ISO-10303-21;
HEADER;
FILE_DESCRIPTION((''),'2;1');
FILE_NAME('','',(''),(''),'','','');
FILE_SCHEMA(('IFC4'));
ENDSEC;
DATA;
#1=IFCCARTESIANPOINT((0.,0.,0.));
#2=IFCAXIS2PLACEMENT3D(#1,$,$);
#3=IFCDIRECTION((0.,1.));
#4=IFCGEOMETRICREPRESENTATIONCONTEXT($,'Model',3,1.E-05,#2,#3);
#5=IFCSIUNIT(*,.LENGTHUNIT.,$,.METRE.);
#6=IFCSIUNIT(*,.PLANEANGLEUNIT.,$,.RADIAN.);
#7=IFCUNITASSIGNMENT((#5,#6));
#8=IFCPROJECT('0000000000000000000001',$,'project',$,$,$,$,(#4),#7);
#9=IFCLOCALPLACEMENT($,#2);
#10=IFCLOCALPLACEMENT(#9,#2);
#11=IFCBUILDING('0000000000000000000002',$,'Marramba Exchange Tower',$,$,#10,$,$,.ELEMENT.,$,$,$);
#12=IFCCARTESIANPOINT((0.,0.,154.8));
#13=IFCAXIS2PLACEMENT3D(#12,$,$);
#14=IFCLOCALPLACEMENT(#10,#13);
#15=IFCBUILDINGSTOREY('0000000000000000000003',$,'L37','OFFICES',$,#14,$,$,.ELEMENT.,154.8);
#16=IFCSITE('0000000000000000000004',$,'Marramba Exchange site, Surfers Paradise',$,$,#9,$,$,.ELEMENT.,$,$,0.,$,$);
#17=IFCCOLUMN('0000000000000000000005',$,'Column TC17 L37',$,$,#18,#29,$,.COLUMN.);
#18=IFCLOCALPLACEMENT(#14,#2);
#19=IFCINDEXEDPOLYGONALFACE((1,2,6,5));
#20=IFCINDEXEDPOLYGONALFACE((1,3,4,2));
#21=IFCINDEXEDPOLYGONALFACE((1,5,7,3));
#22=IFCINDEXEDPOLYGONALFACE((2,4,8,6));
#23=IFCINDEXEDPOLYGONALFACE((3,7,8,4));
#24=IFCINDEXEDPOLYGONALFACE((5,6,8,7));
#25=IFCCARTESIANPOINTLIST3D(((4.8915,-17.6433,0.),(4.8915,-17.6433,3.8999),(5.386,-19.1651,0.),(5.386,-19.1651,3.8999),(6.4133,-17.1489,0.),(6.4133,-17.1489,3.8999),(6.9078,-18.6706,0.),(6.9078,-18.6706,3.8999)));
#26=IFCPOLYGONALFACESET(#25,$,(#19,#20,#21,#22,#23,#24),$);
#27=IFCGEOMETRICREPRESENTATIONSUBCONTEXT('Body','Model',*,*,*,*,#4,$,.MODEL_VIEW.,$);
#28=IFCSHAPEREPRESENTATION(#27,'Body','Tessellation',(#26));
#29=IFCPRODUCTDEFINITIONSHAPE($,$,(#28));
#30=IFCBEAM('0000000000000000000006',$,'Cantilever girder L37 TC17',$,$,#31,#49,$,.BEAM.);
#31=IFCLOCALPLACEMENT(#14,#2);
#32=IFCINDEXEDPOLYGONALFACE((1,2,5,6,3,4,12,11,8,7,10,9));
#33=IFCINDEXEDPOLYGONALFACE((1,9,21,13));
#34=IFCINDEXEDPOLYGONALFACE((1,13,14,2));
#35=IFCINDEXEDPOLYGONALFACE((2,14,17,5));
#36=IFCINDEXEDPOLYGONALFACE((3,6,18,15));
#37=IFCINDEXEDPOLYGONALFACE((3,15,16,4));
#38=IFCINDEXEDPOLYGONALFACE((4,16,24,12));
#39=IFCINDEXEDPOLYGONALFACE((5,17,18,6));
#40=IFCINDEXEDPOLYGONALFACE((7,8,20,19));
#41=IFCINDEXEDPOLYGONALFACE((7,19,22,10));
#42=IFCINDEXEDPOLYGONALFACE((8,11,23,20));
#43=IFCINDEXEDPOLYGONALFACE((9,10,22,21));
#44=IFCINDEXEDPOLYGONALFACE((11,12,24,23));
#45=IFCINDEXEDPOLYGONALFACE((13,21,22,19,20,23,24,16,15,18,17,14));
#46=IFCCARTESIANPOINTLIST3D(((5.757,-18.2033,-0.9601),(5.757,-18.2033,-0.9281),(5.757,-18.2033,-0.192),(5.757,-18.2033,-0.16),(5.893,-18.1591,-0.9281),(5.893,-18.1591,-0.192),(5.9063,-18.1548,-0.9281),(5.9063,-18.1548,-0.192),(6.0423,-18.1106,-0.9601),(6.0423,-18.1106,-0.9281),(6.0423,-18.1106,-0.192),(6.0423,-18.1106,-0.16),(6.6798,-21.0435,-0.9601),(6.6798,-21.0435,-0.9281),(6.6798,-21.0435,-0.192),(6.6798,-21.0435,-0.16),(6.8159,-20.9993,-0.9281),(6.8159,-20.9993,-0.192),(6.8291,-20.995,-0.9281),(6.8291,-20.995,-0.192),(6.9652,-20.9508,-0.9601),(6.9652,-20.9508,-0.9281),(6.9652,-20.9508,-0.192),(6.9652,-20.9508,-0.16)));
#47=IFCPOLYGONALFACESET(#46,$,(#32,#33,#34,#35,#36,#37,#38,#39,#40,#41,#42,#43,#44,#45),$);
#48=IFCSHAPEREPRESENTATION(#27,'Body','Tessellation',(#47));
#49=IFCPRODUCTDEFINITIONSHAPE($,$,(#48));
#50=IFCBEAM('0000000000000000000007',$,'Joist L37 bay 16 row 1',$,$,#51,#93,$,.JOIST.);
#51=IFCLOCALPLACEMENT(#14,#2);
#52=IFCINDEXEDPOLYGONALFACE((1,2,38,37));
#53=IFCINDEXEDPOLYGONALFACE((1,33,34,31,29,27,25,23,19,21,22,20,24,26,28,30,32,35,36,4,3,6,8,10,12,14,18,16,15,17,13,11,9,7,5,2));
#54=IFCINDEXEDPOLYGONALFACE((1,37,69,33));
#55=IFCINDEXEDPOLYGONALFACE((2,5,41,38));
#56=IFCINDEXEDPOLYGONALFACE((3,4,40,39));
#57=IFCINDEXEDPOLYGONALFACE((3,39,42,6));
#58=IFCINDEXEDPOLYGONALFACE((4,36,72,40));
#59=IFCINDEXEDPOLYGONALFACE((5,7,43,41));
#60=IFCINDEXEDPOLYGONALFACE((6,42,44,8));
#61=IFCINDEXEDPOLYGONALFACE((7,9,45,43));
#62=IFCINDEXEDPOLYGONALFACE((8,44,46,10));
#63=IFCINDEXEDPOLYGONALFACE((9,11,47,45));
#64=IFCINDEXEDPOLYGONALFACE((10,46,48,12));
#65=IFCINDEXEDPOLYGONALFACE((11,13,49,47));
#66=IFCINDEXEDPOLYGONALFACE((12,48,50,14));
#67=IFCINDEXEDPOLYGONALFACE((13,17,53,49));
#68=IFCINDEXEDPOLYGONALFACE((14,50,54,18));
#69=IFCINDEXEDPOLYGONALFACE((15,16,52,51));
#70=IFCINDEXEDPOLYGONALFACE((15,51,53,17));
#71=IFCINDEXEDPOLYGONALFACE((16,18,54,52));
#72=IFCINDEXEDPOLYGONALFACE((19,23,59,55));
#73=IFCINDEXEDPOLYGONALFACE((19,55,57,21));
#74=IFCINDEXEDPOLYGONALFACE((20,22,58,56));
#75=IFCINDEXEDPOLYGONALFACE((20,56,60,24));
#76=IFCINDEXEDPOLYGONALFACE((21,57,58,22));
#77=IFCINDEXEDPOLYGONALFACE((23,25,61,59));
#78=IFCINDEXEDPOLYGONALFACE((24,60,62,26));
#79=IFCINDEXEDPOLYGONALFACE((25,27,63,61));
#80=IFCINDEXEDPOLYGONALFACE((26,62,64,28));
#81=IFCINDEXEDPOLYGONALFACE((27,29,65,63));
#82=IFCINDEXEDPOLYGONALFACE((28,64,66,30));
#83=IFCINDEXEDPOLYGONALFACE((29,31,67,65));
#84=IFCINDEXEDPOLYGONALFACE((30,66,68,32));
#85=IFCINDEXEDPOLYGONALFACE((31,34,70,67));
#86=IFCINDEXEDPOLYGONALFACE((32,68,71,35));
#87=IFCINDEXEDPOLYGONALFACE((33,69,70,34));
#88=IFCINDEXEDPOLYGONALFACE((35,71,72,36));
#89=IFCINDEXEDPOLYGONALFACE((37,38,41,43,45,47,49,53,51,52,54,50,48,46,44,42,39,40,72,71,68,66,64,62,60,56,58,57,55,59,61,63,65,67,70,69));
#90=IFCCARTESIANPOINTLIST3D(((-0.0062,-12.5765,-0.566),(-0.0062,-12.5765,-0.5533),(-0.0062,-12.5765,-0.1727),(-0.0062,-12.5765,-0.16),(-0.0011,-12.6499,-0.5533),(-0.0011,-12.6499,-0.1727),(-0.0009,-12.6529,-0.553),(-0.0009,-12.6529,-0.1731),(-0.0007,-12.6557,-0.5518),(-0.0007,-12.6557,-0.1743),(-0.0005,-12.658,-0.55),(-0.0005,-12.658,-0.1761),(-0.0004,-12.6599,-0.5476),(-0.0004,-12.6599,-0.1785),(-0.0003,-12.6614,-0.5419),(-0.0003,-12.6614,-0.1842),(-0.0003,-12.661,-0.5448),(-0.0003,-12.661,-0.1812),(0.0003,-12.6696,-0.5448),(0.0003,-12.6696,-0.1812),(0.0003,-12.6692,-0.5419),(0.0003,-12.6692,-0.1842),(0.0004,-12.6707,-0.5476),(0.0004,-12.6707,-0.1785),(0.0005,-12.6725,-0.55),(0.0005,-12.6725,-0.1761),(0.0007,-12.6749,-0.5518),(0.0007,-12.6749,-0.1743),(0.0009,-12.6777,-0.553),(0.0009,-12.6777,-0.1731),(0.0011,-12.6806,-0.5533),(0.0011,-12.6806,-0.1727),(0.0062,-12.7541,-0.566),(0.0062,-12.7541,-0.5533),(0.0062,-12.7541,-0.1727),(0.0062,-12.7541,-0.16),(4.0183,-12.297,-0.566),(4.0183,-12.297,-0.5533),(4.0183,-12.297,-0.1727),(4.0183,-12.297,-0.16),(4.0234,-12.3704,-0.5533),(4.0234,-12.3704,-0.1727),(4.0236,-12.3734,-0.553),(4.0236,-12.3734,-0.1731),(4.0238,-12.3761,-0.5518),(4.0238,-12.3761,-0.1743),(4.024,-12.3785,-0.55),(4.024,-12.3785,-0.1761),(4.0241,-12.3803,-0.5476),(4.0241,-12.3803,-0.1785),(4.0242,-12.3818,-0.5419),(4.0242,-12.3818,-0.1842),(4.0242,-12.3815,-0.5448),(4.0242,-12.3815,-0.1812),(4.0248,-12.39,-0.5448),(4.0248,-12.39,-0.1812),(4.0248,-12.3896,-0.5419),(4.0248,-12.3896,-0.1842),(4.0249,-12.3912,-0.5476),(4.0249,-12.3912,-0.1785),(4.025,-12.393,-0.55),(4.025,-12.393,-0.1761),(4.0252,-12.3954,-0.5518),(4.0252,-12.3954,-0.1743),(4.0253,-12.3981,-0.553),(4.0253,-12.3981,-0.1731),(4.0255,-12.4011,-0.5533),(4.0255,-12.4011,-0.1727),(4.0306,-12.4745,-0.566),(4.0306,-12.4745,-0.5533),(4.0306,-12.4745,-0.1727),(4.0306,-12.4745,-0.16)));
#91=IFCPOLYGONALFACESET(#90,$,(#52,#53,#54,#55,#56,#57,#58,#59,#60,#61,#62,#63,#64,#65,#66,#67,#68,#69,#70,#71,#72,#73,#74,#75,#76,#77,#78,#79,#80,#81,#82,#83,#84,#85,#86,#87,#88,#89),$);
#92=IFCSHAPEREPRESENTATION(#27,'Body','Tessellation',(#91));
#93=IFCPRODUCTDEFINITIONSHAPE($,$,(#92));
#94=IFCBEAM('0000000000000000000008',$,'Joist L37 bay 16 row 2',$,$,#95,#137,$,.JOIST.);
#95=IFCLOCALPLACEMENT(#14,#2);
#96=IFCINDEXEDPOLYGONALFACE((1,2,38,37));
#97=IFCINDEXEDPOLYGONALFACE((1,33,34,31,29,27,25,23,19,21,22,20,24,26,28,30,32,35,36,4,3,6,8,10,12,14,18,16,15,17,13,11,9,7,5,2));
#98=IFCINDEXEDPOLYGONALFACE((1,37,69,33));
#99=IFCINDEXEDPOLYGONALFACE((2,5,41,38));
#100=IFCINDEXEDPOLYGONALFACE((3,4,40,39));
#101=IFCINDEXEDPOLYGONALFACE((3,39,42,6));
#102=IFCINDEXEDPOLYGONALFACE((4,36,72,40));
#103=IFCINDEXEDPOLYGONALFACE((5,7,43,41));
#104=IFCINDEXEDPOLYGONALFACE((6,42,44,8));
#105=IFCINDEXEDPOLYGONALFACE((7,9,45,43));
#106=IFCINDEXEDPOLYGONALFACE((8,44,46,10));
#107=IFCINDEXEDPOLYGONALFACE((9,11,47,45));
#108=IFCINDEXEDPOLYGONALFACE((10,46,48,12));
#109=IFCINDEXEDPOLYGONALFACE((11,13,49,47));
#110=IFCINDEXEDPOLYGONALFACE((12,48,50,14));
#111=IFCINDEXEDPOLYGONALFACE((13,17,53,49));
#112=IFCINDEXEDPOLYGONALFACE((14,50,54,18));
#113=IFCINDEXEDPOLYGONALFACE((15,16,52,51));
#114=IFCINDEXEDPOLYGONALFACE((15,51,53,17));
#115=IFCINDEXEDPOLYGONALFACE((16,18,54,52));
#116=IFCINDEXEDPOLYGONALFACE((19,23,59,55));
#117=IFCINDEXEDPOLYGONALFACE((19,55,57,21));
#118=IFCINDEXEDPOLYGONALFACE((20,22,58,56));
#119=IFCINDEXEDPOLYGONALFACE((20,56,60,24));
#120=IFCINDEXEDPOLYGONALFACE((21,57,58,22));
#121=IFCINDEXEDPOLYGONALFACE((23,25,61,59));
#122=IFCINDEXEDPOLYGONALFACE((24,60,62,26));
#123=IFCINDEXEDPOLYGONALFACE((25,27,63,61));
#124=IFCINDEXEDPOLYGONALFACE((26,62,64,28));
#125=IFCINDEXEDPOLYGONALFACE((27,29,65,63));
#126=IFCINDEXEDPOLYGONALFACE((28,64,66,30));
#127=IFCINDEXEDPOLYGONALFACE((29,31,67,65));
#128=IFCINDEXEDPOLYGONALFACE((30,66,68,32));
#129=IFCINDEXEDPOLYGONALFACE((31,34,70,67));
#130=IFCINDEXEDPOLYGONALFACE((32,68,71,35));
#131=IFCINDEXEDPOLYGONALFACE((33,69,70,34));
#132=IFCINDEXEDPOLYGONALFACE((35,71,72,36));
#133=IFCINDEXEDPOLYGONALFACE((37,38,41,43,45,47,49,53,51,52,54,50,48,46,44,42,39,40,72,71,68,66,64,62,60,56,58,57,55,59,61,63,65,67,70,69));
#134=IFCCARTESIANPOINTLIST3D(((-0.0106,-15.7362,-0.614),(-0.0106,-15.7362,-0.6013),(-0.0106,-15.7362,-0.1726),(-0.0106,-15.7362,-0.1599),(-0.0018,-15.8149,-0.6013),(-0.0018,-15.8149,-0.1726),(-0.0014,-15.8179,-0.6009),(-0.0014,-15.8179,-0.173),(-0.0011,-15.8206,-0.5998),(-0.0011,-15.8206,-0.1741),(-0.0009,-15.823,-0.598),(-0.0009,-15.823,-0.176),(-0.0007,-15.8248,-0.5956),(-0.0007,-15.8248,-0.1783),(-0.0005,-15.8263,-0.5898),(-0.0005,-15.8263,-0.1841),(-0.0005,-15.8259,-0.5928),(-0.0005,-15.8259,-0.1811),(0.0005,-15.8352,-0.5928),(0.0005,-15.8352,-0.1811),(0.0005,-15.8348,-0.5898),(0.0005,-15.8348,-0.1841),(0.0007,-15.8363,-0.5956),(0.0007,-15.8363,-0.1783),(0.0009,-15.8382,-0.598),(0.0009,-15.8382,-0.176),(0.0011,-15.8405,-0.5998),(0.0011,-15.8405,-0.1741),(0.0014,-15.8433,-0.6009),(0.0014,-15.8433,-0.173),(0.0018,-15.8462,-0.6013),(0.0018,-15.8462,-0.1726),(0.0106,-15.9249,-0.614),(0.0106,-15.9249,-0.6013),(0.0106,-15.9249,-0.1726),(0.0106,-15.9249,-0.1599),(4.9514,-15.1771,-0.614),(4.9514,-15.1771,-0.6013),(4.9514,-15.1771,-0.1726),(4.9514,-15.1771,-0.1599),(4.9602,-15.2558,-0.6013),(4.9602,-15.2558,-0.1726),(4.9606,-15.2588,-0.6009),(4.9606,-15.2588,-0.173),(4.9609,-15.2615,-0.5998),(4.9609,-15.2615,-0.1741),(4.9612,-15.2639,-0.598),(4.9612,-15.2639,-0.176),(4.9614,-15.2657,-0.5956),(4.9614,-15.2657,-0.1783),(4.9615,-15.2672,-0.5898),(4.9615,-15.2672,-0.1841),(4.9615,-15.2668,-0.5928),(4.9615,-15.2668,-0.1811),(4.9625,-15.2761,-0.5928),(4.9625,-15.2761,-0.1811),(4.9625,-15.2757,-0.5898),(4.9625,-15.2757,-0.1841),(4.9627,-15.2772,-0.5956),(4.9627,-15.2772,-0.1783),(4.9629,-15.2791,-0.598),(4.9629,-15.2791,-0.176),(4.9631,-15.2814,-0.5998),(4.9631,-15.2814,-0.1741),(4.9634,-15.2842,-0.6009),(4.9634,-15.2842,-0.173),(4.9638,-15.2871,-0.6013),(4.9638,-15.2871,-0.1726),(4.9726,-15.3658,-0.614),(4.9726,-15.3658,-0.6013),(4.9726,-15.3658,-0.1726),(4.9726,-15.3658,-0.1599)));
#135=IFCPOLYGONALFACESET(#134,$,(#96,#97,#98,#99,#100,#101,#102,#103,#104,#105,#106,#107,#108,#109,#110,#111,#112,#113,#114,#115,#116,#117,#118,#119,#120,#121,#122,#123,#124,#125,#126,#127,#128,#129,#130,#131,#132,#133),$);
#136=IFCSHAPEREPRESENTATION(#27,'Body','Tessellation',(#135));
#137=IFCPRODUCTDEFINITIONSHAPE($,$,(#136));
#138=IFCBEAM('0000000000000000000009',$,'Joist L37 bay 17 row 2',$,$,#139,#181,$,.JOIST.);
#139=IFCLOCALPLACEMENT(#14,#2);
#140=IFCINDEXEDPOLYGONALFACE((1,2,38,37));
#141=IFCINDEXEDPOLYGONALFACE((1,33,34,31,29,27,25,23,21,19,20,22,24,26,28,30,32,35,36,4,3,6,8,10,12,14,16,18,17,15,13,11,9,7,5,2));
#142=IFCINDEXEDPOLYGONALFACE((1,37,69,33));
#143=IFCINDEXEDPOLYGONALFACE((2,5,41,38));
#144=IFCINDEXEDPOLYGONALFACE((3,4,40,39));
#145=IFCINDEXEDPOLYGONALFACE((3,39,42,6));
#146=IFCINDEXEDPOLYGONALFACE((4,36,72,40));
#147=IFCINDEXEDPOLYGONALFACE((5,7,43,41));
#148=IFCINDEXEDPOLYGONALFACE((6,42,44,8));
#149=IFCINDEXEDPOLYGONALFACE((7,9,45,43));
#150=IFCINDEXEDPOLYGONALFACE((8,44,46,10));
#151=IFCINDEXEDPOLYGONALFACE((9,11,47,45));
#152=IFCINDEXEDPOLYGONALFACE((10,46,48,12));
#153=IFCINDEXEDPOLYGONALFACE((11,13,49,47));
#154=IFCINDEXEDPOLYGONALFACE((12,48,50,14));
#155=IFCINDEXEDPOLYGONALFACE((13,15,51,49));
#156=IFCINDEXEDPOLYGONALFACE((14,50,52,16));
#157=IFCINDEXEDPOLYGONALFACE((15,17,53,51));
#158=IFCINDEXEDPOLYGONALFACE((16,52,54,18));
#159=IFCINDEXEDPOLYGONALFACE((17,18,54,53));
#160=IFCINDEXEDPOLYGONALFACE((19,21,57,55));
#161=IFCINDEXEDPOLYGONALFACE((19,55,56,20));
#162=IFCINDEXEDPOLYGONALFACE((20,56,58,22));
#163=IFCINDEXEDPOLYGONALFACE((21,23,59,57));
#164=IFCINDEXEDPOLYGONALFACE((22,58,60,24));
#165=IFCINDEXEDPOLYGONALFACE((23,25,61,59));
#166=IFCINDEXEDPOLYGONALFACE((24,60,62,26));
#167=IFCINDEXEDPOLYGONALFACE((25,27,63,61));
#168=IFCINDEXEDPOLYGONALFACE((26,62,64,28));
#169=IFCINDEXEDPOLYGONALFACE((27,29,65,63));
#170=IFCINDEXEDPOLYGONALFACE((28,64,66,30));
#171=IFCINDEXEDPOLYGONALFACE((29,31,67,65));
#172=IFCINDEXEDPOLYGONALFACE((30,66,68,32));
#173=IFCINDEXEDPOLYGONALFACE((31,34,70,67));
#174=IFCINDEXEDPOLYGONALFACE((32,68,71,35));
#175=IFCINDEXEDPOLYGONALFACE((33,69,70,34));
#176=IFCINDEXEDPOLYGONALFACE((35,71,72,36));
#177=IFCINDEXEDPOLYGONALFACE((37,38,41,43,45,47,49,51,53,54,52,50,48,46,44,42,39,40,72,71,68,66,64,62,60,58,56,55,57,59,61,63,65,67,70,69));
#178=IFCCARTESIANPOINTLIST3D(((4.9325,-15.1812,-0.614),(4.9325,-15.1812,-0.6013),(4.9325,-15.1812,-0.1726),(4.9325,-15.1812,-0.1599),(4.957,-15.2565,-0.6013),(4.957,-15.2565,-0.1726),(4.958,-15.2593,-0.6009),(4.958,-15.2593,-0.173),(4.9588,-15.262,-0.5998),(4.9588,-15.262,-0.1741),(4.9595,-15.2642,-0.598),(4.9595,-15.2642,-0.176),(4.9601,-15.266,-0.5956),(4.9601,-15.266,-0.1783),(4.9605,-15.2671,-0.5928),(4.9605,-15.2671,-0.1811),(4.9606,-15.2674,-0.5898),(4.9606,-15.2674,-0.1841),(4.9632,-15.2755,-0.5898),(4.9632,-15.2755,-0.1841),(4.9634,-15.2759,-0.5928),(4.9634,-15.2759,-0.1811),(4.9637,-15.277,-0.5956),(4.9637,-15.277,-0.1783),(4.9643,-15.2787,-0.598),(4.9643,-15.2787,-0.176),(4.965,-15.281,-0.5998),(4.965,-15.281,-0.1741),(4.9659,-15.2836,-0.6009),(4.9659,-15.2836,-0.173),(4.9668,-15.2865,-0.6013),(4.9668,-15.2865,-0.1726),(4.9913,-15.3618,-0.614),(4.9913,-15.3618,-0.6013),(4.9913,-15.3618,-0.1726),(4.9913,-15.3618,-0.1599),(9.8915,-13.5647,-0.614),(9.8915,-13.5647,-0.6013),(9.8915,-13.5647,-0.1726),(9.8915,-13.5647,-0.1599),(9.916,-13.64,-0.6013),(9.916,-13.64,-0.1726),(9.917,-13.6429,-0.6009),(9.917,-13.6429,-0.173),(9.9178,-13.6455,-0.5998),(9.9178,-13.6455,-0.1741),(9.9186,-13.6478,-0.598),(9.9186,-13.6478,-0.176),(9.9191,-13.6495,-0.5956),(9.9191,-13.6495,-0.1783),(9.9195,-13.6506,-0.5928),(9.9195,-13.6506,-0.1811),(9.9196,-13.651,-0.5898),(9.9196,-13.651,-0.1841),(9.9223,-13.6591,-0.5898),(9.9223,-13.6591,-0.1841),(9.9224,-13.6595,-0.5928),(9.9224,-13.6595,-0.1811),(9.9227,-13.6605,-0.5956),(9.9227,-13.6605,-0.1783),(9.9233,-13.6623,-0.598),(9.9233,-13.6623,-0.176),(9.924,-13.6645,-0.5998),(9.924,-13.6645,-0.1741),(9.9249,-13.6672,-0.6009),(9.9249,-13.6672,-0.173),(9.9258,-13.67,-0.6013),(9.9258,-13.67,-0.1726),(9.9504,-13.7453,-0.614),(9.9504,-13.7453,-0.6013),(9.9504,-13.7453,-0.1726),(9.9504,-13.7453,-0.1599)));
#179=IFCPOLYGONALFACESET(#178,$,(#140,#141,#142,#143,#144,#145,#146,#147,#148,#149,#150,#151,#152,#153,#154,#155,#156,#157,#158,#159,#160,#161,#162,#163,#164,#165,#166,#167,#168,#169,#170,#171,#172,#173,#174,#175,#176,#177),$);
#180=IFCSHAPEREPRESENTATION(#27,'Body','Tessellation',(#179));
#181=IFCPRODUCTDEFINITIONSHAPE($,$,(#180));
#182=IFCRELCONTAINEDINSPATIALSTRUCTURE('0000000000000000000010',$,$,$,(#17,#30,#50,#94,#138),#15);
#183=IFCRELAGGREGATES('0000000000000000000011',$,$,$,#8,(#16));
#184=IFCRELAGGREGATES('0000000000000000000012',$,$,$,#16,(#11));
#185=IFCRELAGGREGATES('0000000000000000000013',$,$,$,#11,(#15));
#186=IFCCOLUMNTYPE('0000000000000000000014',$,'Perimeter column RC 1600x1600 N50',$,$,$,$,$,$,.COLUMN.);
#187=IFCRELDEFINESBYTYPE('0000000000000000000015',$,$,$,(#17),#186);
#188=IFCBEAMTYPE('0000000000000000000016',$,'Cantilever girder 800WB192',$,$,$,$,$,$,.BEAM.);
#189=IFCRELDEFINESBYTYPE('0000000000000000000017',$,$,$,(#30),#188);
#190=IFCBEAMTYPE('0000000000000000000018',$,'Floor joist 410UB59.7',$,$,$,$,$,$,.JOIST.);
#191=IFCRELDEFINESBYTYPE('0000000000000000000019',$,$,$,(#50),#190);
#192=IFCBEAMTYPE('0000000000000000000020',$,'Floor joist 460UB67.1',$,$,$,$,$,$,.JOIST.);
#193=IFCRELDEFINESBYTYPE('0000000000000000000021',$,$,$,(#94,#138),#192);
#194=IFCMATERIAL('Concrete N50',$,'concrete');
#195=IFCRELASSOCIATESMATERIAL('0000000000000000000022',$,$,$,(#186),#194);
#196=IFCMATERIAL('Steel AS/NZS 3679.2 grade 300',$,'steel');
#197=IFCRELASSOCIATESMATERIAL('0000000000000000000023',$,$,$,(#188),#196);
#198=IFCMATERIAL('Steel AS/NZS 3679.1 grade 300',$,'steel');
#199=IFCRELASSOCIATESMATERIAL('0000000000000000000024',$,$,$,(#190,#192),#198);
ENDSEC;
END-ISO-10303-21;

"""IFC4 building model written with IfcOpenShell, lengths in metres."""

from ifc_helpers import new_model, si_unit, direction, frame, origin, origin_2d, place, context, subcontext, project, spatial, rectangle, i_section, extrude, material, material_profile, profile_set, type_object, element, save


model = new_model("IFC4")

# Units and contexts
model_context = context("Model", 3, precision=1e-05, world=origin(), true_north=direction((0.0, 1.0)))
body_context = subcontext(model_context, "Body", "Model", "MODEL_VIEW")
ifc_project = project(units=[si_unit("LENGTHUNIT", "METRE"), si_unit("PLANEANGLEUNIT", "RADIAN")], contexts=[model_context])

# Site, building, storey
site_placement = place(None, origin())
site = spatial("IfcSite", under=ifc_project, at=site_placement, Name="Marramba Exchange site, Surfers Paradise", CompositionType="ELEMENT", RefElevation=0.0)
building_placement = place(site_placement, origin())
building = spatial("IfcBuilding", under=site, at=building_placement, Name="Marramba Exchange Tower", CompositionType="ELEMENT")
storey_placement = place(building_placement, frame((0.0, 0.0, 154.8)))
storey = spatial("IfcBuildingStorey", under=building, at=storey_placement, Name="L37", Description="OFFICES", CompositionType="ELEMENT", Elevation=154.8)

# Column
ifc_material_1 = material(Name="Concrete N50", Category="concrete")
ifc_material_profile_1 = material_profile(ifc_material_1, rectangle(XDim=1.6001, YDim=1.6001, at=origin_2d()), Name="RC 1600x1600")
ifc_profile_set_1 = profile_set([ifc_material_profile_1], Name="Concrete N50")
column_type = type_object("IfcColumnType", Name="Perimeter column RC 1600x1600 N50", PredefinedType="COLUMN", material=ifc_profile_set_1)
column_placement = place(storey_placement, frame((5.8997, -18.157, 0.0), z_axis=(0.0, 0.0, 1.0), x_axis=(0.309017, -0.951057, 0.0)))
element("IfcColumn", 1, at=column_placement, inside=storey, type_object=column_type, Name="Column TC17 L37", PredefinedType="COLUMN", context=body_context, shape_type="SweptSolid", body=[
    extrude(rectangle(XDim=1.6001, YDim=1.6001, at=origin_2d()), origin(), (0.0, 0.0, 1.0), 3.8999),
])

# Beams
ifc_material_2 = material(Name="Steel AS/NZS 3679.2 grade 300", Category="steel")
ifc_material_profile_2 = material_profile(ifc_material_2, i_section(OverallWidth=0.3, OverallDepth=0.8, WebThickness=0.0139, FlangeThickness=0.032, at=origin_2d()), Name="800WB192")
ifc_profile_set_2 = profile_set([ifc_material_profile_2], Name="Steel AS/NZS 3679.2 grade 300")
beam_type_1 = type_object("IfcBeamType", Name="Cantilever girder 800WB192", PredefinedType="BEAM", material=ifc_profile_set_2)
beam_1_placement = place(storey_placement, frame((5.8997, -18.157, -0.5601), z_axis=(0.309032, -0.951051, 0.0), x_axis=(0.951051, 0.309032, 0.0)))
element("IfcBeam", 2, at=beam_1_placement, inside=storey, type_object=beam_type_1, Name="Cantilever girder L37 TC17", PredefinedType="BEAM", context=body_context, shape_type="SweptSolid", body=[
    extrude(i_section(OverallWidth=0.3, OverallDepth=0.8, WebThickness=0.0139, FlangeThickness=0.032, at=origin_2d()), origin(), (0.0, 0.0, 1.0), 2.9863),
])
ifc_material_3 = material(Name="Steel AS/NZS 3679.1 grade 300", Category="steel")
ifc_material_profile_3 = material_profile(ifc_material_3, i_section(OverallWidth=0.178, OverallDepth=0.406, WebThickness=0.0078, FlangeThickness=0.0127, FilletRadius=0.0115, at=origin_2d()), Name="410UB59.7")
ifc_profile_set_3 = profile_set([ifc_material_profile_3], Name="Steel AS/NZS 3679.1 grade 300")
beam_type_2 = type_object("IfcBeamType", Name="Floor joist 410UB59.7", PredefinedType="JOIST", material=ifc_profile_set_3)
beam_2_placement = place(storey_placement, frame((0.0, -12.6653, -0.363), z_axis=(0.997596, 0.069294, 0.0), x_axis=(-0.069294, 0.997596, 0.0)))
element("IfcBeam", 3, at=beam_2_placement, inside=storey, type_object=beam_type_2, Name="Joist L37 bay 16 row 1", PredefinedType="JOIST", context=body_context, shape_type="SweptSolid", body=[
    extrude(i_section(OverallWidth=0.178, OverallDepth=0.406, WebThickness=0.0078, FlangeThickness=0.0127, FilletRadius=0.0115, at=origin_2d()), origin(), (0.0, 0.0, 1.0), 4.0342),
])
ifc_material_profile_4 = material_profile(ifc_material_3, i_section(OverallWidth=0.1899, OverallDepth=0.4541, WebThickness=0.0085, FlangeThickness=0.0127, FilletRadius=0.0115, at=origin_2d()), Name="460UB67.1")
ifc_profile_set_4 = profile_set([ifc_material_profile_4], Name="Steel AS/NZS 3679.1 grade 300")
beam_type_3 = type_object("IfcBeamType", Name="Floor joist 460UB67.1", PredefinedType="JOIST", material=ifc_profile_set_4)
beam_3_placement = place(storey_placement, frame((0.0, -15.8306, -0.387), z_axis=(0.993712, 0.111966, 0.0), x_axis=(-0.111966, 0.993712, 0.0)))
element("IfcBeam", 4, at=beam_3_placement, inside=storey, type_object=beam_type_3, Name="Joist L37 bay 16 row 2", PredefinedType="JOIST", context=body_context, shape_type="SweptSolid", body=[
    extrude(i_section(OverallWidth=0.1899, OverallDepth=0.4541, WebThickness=0.0085, FlangeThickness=0.0127, FilletRadius=0.0115, at=origin_2d()), origin(), (0.0, 0.0, 1.0), 4.9934),
])
beam_4_placement = place(storey_placement, frame((4.9619, -15.2715, -0.387), z_axis=(0.950764, 0.309916, 0.0), x_axis=(-0.309916, 0.950764, 0.0)))
element("IfcBeam", 5, at=beam_4_placement, inside=storey, type_object=beam_type_3, Name="Joist L37 bay 17 row 2", PredefinedType="JOIST", context=body_context, shape_type="SweptSolid", body=[
    extrude(i_section(OverallWidth=0.1899, OverallDepth=0.4541, WebThickness=0.0085, FlangeThickness=0.0127, FilletRadius=0.0115, at=origin_2d()), origin(), (0.0, 0.0, 1.0), 5.2158),
])

save(model, "model.ifc")
